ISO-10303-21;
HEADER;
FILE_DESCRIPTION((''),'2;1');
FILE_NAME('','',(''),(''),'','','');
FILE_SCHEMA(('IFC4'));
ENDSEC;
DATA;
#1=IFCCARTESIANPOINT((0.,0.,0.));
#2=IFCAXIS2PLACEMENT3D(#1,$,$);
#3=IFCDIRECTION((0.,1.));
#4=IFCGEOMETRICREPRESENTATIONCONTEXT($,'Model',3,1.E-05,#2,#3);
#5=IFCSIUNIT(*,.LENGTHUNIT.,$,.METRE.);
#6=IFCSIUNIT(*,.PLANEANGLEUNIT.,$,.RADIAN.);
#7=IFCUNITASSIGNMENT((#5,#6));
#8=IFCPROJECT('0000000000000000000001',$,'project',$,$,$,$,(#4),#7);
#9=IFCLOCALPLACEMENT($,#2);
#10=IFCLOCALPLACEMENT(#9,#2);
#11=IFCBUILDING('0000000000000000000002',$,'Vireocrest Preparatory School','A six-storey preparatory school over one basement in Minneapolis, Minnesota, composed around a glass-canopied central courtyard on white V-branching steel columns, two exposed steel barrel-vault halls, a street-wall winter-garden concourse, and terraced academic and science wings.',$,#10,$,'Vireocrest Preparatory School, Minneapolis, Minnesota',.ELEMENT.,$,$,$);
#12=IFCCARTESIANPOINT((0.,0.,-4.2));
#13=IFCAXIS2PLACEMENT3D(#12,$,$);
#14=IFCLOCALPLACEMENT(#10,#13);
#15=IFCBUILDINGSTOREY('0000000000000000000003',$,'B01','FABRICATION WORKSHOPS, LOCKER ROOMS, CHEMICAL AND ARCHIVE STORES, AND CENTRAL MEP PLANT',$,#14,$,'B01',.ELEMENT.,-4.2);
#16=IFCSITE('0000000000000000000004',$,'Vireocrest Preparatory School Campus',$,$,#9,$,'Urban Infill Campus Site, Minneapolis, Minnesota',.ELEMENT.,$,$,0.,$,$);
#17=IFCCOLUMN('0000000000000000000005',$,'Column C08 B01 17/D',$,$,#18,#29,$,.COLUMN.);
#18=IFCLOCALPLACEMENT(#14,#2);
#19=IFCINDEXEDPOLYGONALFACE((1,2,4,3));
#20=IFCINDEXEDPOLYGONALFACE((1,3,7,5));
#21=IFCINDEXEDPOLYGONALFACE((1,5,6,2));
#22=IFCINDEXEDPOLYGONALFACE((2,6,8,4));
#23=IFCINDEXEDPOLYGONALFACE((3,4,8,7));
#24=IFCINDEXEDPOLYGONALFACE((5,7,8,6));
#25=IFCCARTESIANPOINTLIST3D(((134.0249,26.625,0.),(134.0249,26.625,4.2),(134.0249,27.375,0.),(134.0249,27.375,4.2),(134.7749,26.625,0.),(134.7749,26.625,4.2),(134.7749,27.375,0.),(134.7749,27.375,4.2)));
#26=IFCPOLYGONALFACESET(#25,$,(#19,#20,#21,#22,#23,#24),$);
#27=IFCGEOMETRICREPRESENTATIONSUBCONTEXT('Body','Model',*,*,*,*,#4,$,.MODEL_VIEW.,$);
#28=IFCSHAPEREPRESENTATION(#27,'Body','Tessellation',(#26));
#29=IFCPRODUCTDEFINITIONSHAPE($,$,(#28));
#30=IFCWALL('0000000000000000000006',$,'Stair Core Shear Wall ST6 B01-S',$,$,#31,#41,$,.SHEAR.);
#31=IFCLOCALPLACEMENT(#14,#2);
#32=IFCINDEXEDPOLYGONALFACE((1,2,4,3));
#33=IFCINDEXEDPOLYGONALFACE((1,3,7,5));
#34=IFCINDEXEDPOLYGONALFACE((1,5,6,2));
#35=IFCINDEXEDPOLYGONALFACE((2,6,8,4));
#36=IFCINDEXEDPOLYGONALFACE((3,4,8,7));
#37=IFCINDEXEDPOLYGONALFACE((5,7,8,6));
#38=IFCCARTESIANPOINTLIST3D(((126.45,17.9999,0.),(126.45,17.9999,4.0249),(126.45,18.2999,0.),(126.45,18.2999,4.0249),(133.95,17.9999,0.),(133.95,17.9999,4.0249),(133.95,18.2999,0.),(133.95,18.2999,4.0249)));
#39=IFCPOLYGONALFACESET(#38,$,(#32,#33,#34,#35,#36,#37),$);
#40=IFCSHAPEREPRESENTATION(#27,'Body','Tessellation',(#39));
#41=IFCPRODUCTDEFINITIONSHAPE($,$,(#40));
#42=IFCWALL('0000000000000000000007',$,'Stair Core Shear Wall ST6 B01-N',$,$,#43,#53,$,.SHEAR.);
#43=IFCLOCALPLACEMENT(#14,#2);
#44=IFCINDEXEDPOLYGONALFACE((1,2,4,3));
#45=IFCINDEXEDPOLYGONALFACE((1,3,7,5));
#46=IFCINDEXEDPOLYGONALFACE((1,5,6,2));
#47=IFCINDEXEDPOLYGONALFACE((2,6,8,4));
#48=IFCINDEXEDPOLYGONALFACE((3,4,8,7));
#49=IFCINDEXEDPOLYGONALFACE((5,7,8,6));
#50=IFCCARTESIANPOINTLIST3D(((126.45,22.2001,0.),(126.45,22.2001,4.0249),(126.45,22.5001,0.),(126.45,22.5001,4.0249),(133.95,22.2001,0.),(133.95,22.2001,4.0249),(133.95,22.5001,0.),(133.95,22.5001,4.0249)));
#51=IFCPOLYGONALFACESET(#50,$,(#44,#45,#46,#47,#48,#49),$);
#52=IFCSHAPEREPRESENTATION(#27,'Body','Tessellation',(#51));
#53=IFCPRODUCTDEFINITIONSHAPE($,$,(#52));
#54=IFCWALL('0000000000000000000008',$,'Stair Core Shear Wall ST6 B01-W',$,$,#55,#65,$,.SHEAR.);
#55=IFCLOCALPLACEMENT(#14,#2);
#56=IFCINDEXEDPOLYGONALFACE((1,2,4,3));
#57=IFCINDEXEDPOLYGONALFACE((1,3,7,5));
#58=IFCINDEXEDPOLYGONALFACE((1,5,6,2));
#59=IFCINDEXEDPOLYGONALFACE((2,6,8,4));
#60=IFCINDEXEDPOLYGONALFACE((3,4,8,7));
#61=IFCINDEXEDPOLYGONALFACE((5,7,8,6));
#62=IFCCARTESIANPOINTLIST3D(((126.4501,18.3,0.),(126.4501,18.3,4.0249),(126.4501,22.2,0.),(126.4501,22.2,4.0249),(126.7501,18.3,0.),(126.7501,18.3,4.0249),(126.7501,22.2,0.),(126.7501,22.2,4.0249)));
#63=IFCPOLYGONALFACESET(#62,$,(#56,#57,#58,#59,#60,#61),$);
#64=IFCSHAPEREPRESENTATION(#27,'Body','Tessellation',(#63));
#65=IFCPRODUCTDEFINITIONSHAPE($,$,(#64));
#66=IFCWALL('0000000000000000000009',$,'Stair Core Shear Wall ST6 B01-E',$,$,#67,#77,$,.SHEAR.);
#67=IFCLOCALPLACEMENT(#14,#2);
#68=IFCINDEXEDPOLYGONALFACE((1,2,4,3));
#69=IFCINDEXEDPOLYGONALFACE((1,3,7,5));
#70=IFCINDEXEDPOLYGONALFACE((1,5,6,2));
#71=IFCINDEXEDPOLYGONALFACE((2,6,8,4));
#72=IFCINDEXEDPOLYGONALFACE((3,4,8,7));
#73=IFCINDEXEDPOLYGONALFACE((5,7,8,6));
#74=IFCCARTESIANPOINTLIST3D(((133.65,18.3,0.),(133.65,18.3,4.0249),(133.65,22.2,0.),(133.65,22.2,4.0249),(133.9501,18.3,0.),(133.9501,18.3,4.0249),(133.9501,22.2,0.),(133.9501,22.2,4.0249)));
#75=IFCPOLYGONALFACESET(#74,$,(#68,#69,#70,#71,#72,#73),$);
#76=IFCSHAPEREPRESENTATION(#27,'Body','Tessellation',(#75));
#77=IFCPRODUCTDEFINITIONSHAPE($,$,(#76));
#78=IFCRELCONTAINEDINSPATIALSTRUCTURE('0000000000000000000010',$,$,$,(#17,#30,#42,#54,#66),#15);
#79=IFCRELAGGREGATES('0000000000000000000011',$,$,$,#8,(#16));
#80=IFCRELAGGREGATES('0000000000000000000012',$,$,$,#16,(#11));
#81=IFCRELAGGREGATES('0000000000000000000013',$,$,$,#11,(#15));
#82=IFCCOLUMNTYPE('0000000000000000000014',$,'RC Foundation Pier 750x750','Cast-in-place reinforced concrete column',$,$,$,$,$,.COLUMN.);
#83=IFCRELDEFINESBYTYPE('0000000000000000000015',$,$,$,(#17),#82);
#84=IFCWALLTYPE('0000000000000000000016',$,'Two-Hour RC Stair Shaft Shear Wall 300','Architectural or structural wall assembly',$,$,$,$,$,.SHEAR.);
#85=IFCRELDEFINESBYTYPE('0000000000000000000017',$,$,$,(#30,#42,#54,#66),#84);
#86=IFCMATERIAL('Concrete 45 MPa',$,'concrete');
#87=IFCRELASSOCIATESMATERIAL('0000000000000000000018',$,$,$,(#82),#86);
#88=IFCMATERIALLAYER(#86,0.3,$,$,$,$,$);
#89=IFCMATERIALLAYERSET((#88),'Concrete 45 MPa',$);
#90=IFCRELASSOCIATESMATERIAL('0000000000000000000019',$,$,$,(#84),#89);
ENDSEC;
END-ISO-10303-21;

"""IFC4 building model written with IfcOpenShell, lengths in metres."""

from ifc_helpers import new_model, si_unit, direction, frame, frame_2d, origin, origin_2d, place, context, subcontext, project, spatial, rectangle, extrude, material, layer, layer_set, material_profile, profile_set, type_object, element, save


model = new_model("IFC4")

# Units and contexts
model_context = context("Model", 3, precision=1e-05, world=origin(), true_north=direction((0.0, 1.0)))
body_context = subcontext(model_context, "Body", "Model", "MODEL_VIEW")
ifc_project = project(units=[si_unit("LENGTHUNIT", "METRE"), si_unit("PLANEANGLEUNIT", "RADIAN")], contexts=[model_context])

# Site, building, storey
site_placement = place(None, origin())
site = spatial("IfcSite", under=ifc_project, at=site_placement, Name="Vireocrest Preparatory School Campus", LongName="Urban Infill Campus Site, Minneapolis, Minnesota", CompositionType="ELEMENT", RefElevation=0.0)
building_placement = place(site_placement, origin())
building = spatial("IfcBuilding", under=site, at=building_placement, Name="Vireocrest Preparatory School", Description="A six-storey preparatory school over one basement in Minneapolis, Minnesota, composed around a glass-canopied central courtyard on white V-branching steel columns, two exposed steel barrel-vault halls, a street-wall winter-garden concourse, and terraced academic and science wings.", LongName="Vireocrest Preparatory School, Minneapolis, Minnesota", CompositionType="ELEMENT")
storey_placement = place(building_placement, frame((0.0, 0.0, -4.2)))
storey = spatial("IfcBuildingStorey", under=building, at=storey_placement, Name="B01", Description="FABRICATION WORKSHOPS, LOCKER ROOMS, CHEMICAL AND ARCHIVE STORES, AND CENTRAL MEP PLANT", LongName="B01", CompositionType="ELEMENT", Elevation=-4.2)

# Column
ifc_material_1 = material(Name="Concrete 45 MPa", Category="concrete")
ifc_material_profile_1 = material_profile(ifc_material_1, rectangle(XDim=0.75, YDim=0.75, at=origin_2d()), Name="RC 750x750")
ifc_profile_set_1 = profile_set([ifc_material_profile_1], Name="Concrete 45 MPa")
column_type = type_object("IfcColumnType", Name="RC Foundation Pier 750x750", Description="Cast-in-place reinforced concrete column", PredefinedType="COLUMN", material=ifc_profile_set_1)
for number, where, z_axis, x_axis, name in (
    (1, (134.3999, 27.0, 0.0), (0.0, 0.0, 1.0), (1.0, 0.0, 0.0), "Column C08 B01 17/D"),
):
    element("IfcColumn", number, at=place(storey_placement, frame(where, z_axis=z_axis, x_axis=x_axis)), inside=storey, type_object=column_type, Name=name, PredefinedType="COLUMN", context=body_context, shape_type="SweptSolid", body=[
        extrude(rectangle(XDim=0.75, YDim=0.75, at=origin_2d()), origin(), (0.0, 0.0, 1.0), 4.2),
    ])

# Walls
ifc_layer = layer(ifc_material_1, 0.3)
ifc_layer_set = layer_set([ifc_layer], Name="Concrete 45 MPa")
wall_type = type_object("IfcWallType", Name="Two-Hour RC Stair Shaft Shear Wall 300", Description="Architectural or structural wall assembly", PredefinedType="SHEAR", material=ifc_layer_set)
for number, where, z_axis, x_axis, name in (
    (2, (126.45, 18.1499, 0.0), (0.0, 0.0, 1.0), (1.0, 0.0, 0.0), "Stair Core Shear Wall ST6 B01-S"),
    (3, (126.45, 22.3501, 0.0), (0.0, 0.0, 1.0), (1.0, 0.0, 0.0), "Stair Core Shear Wall ST6 B01-N"),
):
    element("IfcWall", number, at=place(storey_placement, frame(where, z_axis=z_axis, x_axis=x_axis)), inside=storey, type_object=wall_type, Name=name, PredefinedType="SHEAR", context=body_context, shape_type="SweptSolid", body=[
        extrude(rectangle(XDim=7.5, YDim=0.3, at=frame_2d((3.75, 0.0))), origin(), (0.0, 0.0, 1.0), 4.0249),
    ])
for number, where, z_axis, x_axis, name in (
    (4, (126.6001, 18.3, 0.0), (0.0, 0.0, 1.0), (0.0, 1.0, 0.0), "Stair Core Shear Wall ST6 B01-W"),
    (5, (133.8, 18.3, 0.0), (0.0, 0.0, 1.0), (0.0, 1.0, 0.0), "Stair Core Shear Wall ST6 B01-E"),
):
    element("IfcWall", number, at=place(storey_placement, frame(where, z_axis=z_axis, x_axis=x_axis)), inside=storey, type_object=wall_type, Name=name, PredefinedType="SHEAR", context=body_context, shape_type="SweptSolid", body=[
        extrude(rectangle(XDim=3.8999, YDim=0.3, at=frame_2d((1.95, 0.0))), origin(), (0.0, 0.0, 1.0), 4.0249),
    ])

save(model, "model.ifc")
